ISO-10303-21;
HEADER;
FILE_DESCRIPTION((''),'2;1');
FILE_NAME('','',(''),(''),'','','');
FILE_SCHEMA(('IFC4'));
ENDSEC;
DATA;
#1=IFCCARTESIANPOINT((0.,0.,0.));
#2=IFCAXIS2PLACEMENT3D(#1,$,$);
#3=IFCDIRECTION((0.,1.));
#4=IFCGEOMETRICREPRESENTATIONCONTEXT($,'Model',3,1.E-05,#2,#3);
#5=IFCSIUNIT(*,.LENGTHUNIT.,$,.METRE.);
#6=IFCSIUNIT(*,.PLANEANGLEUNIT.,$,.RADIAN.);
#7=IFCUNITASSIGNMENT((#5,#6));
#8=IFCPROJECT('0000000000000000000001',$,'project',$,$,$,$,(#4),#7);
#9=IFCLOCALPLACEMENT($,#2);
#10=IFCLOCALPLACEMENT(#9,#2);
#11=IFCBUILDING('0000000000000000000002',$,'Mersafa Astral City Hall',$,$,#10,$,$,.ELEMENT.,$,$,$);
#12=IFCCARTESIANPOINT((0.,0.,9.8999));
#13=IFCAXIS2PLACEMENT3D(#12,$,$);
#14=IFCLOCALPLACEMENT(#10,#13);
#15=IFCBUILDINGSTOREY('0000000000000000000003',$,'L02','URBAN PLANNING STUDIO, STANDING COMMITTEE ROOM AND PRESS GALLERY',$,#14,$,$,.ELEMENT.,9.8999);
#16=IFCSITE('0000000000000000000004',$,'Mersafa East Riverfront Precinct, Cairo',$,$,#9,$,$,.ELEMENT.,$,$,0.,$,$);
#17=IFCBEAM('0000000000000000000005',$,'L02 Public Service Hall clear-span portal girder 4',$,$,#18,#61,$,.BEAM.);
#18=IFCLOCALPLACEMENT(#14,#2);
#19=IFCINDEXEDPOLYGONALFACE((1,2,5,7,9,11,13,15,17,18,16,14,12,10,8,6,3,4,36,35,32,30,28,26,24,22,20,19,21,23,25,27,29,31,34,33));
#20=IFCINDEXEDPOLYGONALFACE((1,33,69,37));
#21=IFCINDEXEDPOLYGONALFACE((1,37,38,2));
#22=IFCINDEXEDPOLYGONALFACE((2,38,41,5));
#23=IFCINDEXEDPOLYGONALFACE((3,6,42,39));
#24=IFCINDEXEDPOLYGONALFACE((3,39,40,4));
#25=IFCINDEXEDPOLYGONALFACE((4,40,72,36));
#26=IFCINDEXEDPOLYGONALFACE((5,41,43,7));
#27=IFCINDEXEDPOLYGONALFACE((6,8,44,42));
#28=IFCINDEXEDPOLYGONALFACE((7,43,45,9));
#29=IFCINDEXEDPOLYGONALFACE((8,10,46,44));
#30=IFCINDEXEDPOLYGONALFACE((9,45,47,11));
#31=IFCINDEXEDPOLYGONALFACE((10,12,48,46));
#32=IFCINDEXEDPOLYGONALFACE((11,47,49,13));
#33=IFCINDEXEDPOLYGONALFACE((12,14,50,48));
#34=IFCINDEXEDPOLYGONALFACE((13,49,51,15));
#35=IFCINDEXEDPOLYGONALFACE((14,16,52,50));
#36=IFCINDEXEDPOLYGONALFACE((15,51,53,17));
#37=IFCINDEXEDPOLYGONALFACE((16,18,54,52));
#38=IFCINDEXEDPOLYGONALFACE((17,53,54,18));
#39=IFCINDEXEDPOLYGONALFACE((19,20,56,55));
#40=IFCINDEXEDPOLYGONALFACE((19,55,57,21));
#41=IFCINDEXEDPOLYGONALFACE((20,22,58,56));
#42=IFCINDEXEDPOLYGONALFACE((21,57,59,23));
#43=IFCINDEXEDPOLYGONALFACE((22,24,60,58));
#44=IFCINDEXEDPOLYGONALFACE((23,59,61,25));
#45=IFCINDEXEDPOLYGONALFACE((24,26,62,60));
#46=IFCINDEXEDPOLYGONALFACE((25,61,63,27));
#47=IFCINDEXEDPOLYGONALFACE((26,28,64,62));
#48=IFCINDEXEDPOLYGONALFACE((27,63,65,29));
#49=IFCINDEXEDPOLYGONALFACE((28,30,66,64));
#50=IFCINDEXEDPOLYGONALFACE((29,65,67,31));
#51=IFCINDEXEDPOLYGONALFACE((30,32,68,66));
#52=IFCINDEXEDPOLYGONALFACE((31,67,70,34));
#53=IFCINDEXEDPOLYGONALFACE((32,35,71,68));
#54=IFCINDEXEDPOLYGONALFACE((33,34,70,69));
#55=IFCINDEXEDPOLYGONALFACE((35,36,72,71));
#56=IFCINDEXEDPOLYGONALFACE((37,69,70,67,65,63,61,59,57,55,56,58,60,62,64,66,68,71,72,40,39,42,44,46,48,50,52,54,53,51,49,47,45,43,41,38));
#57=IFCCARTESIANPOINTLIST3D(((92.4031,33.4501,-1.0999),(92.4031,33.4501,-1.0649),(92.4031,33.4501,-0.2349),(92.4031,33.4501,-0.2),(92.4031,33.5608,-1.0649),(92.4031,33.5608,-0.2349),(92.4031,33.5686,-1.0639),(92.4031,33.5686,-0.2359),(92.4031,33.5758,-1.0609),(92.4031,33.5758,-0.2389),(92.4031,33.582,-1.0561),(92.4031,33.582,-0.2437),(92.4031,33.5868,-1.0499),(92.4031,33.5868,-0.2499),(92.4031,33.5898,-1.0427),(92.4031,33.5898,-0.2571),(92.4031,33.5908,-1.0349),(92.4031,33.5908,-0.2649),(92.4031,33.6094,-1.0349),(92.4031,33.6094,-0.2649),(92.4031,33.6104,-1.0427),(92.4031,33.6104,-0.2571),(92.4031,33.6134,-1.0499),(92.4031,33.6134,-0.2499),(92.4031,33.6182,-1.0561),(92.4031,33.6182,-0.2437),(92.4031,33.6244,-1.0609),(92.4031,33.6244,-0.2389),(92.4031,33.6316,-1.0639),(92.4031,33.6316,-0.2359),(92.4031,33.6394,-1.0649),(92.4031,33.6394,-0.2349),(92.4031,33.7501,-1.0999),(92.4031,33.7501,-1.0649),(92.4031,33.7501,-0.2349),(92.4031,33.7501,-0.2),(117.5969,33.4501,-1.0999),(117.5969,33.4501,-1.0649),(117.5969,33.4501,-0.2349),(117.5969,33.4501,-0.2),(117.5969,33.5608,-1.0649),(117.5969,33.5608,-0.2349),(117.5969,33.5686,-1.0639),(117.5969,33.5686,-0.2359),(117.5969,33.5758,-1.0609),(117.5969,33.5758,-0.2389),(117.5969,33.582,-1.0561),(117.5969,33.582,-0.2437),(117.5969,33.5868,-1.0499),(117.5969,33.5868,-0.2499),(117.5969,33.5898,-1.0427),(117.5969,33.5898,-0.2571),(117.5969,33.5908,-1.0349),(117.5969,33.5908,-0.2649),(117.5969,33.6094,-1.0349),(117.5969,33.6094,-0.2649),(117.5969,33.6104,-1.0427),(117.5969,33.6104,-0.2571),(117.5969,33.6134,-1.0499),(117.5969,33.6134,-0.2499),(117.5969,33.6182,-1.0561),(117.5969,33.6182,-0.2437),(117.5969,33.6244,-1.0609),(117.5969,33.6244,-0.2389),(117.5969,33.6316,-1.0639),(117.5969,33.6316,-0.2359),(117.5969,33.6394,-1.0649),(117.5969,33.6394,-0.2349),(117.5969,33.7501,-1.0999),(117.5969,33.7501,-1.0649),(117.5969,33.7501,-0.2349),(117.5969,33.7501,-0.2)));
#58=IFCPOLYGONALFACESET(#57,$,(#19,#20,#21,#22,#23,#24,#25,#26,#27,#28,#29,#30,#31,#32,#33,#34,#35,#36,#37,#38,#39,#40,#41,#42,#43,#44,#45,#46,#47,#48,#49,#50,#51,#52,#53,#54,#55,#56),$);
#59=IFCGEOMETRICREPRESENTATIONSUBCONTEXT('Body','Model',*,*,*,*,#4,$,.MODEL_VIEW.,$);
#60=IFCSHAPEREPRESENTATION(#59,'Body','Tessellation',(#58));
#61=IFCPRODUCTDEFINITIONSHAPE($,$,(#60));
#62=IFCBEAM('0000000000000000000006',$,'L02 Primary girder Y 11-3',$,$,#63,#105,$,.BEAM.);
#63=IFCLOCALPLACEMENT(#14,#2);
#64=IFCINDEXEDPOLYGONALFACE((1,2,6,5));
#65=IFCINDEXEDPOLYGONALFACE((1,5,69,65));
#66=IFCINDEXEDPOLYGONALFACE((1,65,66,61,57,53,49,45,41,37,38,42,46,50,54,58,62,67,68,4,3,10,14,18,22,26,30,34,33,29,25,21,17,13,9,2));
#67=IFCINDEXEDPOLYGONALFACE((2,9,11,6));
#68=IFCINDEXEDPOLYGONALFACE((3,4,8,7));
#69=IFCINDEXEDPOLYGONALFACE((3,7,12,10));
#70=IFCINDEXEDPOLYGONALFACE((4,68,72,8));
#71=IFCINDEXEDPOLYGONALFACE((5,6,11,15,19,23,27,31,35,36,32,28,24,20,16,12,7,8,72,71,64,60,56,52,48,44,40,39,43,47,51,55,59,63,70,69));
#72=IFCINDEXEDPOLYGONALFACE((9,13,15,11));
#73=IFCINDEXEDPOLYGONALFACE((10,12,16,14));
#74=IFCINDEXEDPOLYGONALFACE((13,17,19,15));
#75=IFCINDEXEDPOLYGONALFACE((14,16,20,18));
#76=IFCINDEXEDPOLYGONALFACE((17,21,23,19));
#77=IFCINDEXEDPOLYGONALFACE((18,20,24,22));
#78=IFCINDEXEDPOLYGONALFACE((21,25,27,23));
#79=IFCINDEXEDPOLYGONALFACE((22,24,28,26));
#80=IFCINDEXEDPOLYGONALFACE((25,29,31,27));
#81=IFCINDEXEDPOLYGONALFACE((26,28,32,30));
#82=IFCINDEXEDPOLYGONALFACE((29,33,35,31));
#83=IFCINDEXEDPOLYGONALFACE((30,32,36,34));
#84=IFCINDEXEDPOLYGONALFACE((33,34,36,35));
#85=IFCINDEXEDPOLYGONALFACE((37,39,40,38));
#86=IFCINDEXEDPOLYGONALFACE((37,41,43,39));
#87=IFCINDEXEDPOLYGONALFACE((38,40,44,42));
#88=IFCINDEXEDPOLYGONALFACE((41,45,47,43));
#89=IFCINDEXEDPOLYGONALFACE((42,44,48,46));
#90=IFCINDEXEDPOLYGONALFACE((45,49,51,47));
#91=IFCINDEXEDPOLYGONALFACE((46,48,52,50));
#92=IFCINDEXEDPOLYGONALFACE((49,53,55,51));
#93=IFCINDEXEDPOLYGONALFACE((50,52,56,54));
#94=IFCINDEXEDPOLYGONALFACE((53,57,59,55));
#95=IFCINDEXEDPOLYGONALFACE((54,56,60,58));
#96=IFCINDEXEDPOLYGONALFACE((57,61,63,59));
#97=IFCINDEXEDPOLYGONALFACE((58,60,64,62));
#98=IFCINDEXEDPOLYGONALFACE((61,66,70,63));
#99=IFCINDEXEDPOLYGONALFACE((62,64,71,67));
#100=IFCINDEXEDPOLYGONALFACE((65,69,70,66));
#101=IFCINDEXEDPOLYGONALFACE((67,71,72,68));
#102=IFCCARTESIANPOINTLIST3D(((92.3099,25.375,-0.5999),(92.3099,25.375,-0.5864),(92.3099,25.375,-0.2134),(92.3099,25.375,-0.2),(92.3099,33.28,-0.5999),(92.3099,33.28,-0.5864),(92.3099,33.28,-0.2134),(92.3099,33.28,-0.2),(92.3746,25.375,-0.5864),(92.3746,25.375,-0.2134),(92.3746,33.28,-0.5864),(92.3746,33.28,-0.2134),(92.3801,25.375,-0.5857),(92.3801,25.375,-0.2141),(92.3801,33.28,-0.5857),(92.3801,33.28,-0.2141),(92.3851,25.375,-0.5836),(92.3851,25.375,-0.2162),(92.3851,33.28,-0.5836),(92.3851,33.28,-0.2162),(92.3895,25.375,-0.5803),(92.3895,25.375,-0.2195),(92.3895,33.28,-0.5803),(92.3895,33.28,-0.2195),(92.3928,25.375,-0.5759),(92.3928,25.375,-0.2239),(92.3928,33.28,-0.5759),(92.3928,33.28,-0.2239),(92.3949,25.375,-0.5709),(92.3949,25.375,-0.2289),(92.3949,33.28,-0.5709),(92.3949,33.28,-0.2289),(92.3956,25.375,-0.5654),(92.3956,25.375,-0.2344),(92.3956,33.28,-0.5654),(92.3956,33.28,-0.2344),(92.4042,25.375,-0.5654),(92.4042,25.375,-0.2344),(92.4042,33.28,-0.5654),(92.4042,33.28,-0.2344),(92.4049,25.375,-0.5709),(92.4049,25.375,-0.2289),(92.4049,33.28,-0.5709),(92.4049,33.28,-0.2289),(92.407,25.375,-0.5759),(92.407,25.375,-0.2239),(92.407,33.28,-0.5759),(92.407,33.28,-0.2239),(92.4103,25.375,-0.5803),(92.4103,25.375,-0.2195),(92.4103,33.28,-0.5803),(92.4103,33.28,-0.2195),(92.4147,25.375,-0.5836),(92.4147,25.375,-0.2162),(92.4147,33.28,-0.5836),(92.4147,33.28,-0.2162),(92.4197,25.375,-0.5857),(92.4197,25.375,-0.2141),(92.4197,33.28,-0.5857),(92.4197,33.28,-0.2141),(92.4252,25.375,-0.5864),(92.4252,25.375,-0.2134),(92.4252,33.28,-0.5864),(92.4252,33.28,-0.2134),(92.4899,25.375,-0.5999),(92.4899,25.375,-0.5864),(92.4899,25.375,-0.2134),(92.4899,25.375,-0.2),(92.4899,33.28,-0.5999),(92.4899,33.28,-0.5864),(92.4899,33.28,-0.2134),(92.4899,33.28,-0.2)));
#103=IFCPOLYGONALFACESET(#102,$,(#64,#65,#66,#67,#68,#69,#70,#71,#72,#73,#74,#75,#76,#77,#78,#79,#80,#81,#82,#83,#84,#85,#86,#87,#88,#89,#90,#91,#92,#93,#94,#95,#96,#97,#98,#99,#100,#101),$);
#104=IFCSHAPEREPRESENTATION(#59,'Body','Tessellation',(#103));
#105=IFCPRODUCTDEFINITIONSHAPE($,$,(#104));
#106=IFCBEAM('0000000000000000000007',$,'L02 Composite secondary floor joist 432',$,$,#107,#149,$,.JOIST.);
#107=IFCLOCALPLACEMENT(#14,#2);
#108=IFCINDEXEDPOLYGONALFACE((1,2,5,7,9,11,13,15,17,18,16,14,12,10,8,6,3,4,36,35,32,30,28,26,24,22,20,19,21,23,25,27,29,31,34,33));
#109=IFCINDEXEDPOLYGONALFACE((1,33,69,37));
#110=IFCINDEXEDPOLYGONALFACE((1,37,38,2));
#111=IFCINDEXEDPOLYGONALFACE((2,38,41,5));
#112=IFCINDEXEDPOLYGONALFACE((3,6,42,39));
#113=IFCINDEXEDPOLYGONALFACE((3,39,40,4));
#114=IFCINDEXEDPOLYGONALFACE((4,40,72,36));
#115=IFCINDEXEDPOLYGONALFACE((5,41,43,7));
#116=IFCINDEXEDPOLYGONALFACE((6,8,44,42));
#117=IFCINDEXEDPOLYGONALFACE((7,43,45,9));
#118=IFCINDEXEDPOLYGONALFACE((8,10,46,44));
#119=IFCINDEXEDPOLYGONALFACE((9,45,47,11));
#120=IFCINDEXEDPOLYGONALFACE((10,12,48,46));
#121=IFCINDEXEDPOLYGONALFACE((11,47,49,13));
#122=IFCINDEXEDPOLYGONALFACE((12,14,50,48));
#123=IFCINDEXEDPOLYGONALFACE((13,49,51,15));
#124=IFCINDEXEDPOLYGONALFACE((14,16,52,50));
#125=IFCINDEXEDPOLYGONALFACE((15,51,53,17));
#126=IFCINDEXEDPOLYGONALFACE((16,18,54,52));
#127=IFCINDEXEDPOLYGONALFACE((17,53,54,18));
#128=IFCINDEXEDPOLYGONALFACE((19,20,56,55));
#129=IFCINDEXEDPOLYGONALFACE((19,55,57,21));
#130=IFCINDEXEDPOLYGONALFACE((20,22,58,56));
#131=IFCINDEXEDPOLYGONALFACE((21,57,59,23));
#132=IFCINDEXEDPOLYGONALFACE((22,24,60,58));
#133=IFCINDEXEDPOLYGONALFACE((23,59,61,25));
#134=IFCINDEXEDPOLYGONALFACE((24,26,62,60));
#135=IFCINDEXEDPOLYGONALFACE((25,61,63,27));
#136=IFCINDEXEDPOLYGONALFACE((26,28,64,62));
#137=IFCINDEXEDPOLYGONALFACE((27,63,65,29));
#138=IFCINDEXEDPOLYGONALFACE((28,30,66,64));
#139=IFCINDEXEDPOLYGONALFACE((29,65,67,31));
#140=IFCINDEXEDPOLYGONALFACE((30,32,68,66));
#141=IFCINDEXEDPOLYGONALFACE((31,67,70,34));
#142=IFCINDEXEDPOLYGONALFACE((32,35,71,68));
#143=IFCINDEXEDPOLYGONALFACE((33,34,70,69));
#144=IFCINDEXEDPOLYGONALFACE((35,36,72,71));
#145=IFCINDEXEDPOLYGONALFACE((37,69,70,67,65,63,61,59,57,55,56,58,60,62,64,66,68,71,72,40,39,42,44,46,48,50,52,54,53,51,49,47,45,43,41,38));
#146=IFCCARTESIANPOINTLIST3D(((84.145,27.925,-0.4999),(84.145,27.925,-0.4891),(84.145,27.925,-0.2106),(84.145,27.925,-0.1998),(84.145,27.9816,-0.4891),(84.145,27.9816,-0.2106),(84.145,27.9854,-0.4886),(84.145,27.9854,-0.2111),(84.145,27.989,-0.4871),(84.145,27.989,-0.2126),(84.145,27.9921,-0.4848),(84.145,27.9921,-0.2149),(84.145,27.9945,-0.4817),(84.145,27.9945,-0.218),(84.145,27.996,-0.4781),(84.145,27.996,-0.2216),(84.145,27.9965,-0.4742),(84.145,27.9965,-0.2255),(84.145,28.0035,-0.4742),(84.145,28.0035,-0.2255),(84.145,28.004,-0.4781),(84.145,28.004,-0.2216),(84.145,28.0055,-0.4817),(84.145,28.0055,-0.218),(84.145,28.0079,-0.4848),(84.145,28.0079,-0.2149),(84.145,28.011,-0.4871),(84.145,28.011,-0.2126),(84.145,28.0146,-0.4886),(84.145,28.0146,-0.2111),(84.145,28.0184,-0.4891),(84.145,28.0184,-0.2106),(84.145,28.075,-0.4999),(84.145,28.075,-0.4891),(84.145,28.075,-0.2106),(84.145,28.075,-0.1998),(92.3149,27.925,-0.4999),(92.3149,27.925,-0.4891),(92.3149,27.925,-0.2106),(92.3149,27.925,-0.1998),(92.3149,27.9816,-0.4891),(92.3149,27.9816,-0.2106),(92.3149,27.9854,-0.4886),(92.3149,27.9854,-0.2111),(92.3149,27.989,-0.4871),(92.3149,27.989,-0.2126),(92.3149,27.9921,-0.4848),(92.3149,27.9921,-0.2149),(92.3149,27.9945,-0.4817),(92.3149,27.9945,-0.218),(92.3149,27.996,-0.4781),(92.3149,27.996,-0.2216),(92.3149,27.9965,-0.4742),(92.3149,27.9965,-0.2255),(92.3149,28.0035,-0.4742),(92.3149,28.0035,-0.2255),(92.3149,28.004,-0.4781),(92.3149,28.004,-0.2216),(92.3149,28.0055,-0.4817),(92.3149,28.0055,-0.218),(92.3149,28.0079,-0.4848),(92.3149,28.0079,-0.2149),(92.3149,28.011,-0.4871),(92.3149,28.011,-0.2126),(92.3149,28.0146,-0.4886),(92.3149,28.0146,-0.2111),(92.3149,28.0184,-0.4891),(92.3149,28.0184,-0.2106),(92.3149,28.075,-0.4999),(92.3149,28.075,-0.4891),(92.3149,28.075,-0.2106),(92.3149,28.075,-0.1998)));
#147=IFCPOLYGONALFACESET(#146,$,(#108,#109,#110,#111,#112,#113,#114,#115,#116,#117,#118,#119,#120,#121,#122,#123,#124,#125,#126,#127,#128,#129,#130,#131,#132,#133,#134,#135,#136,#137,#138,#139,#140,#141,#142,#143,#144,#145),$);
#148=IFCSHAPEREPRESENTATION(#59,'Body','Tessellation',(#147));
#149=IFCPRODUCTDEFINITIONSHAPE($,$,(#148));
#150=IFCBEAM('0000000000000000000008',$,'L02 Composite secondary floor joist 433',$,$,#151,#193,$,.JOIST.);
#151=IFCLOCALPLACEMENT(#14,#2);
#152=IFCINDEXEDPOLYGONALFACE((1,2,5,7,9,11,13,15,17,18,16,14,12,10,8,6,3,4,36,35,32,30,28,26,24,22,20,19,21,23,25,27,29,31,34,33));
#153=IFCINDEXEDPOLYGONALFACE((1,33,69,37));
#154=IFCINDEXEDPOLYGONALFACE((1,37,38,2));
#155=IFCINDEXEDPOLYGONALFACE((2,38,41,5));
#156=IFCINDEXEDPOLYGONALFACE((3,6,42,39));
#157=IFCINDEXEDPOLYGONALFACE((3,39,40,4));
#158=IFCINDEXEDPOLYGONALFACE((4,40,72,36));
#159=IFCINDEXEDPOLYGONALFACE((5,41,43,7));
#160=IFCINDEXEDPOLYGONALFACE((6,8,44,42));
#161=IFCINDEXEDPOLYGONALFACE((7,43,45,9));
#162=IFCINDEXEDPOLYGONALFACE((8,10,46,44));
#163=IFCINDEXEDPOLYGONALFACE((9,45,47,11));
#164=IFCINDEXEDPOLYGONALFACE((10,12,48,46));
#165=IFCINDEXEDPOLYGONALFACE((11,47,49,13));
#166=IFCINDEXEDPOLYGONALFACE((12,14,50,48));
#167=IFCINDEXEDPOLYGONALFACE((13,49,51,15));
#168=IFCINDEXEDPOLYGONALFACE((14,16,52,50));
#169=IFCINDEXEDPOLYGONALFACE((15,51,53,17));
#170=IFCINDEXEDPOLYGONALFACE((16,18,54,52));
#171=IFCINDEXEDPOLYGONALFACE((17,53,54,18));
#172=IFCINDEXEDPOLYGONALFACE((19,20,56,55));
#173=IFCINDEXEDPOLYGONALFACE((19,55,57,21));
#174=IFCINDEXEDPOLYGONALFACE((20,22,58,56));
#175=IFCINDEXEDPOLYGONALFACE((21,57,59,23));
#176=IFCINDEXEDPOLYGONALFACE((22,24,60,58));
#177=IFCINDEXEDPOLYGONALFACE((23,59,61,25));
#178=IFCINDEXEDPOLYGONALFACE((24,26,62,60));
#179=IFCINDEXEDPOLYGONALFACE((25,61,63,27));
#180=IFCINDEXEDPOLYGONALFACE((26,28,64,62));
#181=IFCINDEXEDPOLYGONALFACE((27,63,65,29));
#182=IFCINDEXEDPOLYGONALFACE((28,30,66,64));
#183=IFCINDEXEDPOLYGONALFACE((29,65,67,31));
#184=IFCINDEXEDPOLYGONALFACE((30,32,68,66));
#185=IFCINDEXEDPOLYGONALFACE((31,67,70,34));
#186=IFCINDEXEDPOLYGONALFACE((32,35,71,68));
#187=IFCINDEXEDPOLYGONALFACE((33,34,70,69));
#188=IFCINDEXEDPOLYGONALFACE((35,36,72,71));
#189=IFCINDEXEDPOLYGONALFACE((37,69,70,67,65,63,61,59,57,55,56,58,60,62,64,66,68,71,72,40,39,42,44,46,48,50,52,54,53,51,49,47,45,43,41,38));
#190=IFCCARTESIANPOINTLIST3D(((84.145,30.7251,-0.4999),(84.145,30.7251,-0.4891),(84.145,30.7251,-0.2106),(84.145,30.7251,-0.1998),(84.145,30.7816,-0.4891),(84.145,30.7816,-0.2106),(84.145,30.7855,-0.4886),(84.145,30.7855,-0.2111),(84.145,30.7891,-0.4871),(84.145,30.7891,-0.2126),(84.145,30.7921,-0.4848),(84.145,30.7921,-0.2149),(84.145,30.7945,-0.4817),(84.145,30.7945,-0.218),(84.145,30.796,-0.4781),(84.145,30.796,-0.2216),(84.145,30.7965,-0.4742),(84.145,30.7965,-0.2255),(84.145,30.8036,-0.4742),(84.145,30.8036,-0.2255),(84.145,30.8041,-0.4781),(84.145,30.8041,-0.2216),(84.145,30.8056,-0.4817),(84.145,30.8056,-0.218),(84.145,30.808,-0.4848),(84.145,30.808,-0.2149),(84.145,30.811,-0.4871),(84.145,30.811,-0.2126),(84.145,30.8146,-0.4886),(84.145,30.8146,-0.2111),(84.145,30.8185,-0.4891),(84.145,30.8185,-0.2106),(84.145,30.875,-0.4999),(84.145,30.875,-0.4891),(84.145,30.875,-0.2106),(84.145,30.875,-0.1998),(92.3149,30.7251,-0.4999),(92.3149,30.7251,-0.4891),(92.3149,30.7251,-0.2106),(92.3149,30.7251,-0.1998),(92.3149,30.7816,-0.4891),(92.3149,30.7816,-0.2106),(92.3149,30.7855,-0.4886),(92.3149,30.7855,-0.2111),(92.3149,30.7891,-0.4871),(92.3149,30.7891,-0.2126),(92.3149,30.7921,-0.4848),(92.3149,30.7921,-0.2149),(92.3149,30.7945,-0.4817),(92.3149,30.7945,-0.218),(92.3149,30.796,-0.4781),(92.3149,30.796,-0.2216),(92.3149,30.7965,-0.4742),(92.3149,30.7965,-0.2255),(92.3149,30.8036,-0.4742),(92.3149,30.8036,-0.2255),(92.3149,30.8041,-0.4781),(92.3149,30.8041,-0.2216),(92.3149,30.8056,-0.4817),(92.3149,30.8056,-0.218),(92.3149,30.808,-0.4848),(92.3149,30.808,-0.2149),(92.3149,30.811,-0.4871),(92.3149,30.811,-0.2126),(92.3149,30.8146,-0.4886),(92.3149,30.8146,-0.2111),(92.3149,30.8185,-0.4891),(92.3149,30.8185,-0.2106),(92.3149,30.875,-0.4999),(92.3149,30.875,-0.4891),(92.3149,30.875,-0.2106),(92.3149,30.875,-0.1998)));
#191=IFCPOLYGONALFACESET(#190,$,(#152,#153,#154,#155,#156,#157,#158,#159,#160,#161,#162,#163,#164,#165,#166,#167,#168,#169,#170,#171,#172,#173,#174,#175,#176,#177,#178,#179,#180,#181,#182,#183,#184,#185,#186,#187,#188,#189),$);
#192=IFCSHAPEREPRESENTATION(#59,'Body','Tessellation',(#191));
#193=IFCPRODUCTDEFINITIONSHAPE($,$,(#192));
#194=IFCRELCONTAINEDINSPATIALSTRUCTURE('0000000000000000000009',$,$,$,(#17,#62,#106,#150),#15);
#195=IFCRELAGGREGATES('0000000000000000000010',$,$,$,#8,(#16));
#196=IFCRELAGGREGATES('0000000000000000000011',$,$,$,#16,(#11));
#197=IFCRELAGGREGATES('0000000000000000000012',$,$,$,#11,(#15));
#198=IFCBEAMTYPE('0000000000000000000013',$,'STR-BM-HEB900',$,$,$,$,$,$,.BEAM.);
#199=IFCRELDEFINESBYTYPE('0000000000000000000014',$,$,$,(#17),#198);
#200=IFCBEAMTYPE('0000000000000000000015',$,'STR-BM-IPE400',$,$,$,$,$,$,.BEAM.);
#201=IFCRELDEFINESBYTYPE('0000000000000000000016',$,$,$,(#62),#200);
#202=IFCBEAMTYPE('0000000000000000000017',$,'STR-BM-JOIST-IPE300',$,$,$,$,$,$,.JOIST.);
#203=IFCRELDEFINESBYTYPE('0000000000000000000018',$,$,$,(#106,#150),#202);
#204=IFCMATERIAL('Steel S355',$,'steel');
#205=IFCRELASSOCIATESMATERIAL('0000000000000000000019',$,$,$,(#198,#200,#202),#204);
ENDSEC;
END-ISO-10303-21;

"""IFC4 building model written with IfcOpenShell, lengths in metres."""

from ifc_helpers import new_model, si_unit, direction, frame, origin, origin_2d, place, context, subcontext, project, spatial, i_section, extrude, material, material_profile, profile_set, type_object, element, save


model = new_model("IFC4")

# Units and contexts
model_context = context("Model", 3, precision=1e-05, world=origin(), true_north=direction((0.0, 1.0)))
body_context = subcontext(model_context, "Body", "Model", "MODEL_VIEW")
ifc_project = project(units=[si_unit("LENGTHUNIT", "METRE"), si_unit("PLANEANGLEUNIT", "RADIAN")], contexts=[model_context])

# Site, building, storey
site_placement = place(None, origin())
site = spatial("IfcSite", under=ifc_project, at=site_placement, Name="Mersafa East Riverfront Precinct, Cairo", CompositionType="ELEMENT", RefElevation=0.0)
building_placement = place(site_placement, origin())
building = spatial("IfcBuilding", under=site, at=building_placement, Name="Mersafa Astral City Hall", CompositionType="ELEMENT")
storey_placement = place(building_placement, frame((0.0, 0.0, 9.8999)))
storey = spatial("IfcBuildingStorey", under=building, at=storey_placement, Name="L02", Description="URBAN PLANNING STUDIO, STANDING COMMITTEE ROOM AND PRESS GALLERY", CompositionType="ELEMENT", Elevation=9.8999)

# Shared definitions
ifc_material_1 = material(Name="Steel S355", Category="steel")

# Beams
ifc_material_profile_1 = material_profile(ifc_material_1, i_section(OverallWidth=0.3, OverallDepth=0.8999, WebThickness=0.0186, FlangeThickness=0.0349, FilletRadius=0.03, at=origin_2d()), Name="HEB 900")
ifc_profile_set_1 = profile_set([ifc_material_profile_1], Name="Steel S355")
beam_type_1 = type_object("IfcBeamType", Name="STR-BM-HEB900", PredefinedType="BEAM", material=ifc_profile_set_1)
beam_1_placement = place(storey_placement, frame((92.4031, 33.6001, -0.6499), z_axis=(1.0, 0.0, 0.0), x_axis=(0.0, 1.0, 0.0)))
element("IfcBeam", 1, at=beam_1_placement, inside=storey, type_object=beam_type_1, Name="L02 Public Service Hall clear-span portal girder 4", PredefinedType="BEAM", context=body_context, shape_type="SweptSolid", body=[
    extrude(i_section(OverallWidth=0.3, OverallDepth=0.8999, WebThickness=0.0186, FlangeThickness=0.0349, FilletRadius=0.03, at=origin_2d()), origin(), (0.0, 0.0, 1.0), 25.1938),
])
ifc_material_profile_2 = material_profile(ifc_material_1, i_section(OverallWidth=0.1799, OverallDepth=0.3999, WebThickness=0.0085, FlangeThickness=0.0134, FilletRadius=0.021, at=origin_2d()), Name="IPE 400")
ifc_profile_set_2 = profile_set([ifc_material_profile_2], Name="Steel S355")
beam_type_2 = type_object("IfcBeamType", Name="STR-BM-IPE400", PredefinedType="BEAM", material=ifc_profile_set_2)
beam_2_placement = place(storey_placement, frame((92.3999, 25.375, -0.3999), z_axis=(0.0, 1.0, 0.0), x_axis=(-1.0, 0.0, 0.0)))
element("IfcBeam", 2, at=beam_2_placement, inside=storey, type_object=beam_type_2, Name="L02 Primary girder Y 11-3", PredefinedType="BEAM", context=body_context, shape_type="SweptSolid", body=[
    extrude(i_section(OverallWidth=0.1799, OverallDepth=0.3999, WebThickness=0.0085, FlangeThickness=0.0134, FilletRadius=0.021, at=origin_2d()), origin(), (0.0, 0.0, 1.0), 7.905),
])
ifc_material_profile_3 = material_profile(ifc_material_1, i_section(OverallWidth=0.1499, OverallDepth=0.3, WebThickness=0.0071, FlangeThickness=0.0107, FilletRadius=0.0149, at=origin_2d()), Name="IPE 300")
ifc_profile_set_3 = profile_set([ifc_material_profile_3], Name="Steel S355")
beam_type_3 = type_object("IfcBeamType", Name="STR-BM-JOIST-IPE300", PredefinedType="JOIST", material=ifc_profile_set_3)
for number, where, z_axis, x_axis, name in (
    (3, (84.145, 28.0, -0.3499), (1.0, 0.0, 0.0), (0.0, 1.0, 0.0), "L02 Composite secondary floor joist 432"),
    (4, (84.145, 30.8, -0.3499), (1.0, 0.0, 0.0), (0.0, 1.0, 0.0), "L02 Composite secondary floor joist 433"),
):
    element("IfcBeam", number, at=place(storey_placement, frame(where, z_axis=z_axis, x_axis=x_axis)), inside=storey, type_object=beam_type_3, Name=name, PredefinedType="JOIST", context=body_context, shape_type="SweptSolid", body=[
        extrude(i_section(OverallWidth=0.1499, OverallDepth=0.3, WebThickness=0.0071, FlangeThickness=0.0107, FilletRadius=0.0149, at=origin_2d()), origin(), (0.0, 0.0, 1.0), 8.1699),
    ])

save(model, "model.ifc")
